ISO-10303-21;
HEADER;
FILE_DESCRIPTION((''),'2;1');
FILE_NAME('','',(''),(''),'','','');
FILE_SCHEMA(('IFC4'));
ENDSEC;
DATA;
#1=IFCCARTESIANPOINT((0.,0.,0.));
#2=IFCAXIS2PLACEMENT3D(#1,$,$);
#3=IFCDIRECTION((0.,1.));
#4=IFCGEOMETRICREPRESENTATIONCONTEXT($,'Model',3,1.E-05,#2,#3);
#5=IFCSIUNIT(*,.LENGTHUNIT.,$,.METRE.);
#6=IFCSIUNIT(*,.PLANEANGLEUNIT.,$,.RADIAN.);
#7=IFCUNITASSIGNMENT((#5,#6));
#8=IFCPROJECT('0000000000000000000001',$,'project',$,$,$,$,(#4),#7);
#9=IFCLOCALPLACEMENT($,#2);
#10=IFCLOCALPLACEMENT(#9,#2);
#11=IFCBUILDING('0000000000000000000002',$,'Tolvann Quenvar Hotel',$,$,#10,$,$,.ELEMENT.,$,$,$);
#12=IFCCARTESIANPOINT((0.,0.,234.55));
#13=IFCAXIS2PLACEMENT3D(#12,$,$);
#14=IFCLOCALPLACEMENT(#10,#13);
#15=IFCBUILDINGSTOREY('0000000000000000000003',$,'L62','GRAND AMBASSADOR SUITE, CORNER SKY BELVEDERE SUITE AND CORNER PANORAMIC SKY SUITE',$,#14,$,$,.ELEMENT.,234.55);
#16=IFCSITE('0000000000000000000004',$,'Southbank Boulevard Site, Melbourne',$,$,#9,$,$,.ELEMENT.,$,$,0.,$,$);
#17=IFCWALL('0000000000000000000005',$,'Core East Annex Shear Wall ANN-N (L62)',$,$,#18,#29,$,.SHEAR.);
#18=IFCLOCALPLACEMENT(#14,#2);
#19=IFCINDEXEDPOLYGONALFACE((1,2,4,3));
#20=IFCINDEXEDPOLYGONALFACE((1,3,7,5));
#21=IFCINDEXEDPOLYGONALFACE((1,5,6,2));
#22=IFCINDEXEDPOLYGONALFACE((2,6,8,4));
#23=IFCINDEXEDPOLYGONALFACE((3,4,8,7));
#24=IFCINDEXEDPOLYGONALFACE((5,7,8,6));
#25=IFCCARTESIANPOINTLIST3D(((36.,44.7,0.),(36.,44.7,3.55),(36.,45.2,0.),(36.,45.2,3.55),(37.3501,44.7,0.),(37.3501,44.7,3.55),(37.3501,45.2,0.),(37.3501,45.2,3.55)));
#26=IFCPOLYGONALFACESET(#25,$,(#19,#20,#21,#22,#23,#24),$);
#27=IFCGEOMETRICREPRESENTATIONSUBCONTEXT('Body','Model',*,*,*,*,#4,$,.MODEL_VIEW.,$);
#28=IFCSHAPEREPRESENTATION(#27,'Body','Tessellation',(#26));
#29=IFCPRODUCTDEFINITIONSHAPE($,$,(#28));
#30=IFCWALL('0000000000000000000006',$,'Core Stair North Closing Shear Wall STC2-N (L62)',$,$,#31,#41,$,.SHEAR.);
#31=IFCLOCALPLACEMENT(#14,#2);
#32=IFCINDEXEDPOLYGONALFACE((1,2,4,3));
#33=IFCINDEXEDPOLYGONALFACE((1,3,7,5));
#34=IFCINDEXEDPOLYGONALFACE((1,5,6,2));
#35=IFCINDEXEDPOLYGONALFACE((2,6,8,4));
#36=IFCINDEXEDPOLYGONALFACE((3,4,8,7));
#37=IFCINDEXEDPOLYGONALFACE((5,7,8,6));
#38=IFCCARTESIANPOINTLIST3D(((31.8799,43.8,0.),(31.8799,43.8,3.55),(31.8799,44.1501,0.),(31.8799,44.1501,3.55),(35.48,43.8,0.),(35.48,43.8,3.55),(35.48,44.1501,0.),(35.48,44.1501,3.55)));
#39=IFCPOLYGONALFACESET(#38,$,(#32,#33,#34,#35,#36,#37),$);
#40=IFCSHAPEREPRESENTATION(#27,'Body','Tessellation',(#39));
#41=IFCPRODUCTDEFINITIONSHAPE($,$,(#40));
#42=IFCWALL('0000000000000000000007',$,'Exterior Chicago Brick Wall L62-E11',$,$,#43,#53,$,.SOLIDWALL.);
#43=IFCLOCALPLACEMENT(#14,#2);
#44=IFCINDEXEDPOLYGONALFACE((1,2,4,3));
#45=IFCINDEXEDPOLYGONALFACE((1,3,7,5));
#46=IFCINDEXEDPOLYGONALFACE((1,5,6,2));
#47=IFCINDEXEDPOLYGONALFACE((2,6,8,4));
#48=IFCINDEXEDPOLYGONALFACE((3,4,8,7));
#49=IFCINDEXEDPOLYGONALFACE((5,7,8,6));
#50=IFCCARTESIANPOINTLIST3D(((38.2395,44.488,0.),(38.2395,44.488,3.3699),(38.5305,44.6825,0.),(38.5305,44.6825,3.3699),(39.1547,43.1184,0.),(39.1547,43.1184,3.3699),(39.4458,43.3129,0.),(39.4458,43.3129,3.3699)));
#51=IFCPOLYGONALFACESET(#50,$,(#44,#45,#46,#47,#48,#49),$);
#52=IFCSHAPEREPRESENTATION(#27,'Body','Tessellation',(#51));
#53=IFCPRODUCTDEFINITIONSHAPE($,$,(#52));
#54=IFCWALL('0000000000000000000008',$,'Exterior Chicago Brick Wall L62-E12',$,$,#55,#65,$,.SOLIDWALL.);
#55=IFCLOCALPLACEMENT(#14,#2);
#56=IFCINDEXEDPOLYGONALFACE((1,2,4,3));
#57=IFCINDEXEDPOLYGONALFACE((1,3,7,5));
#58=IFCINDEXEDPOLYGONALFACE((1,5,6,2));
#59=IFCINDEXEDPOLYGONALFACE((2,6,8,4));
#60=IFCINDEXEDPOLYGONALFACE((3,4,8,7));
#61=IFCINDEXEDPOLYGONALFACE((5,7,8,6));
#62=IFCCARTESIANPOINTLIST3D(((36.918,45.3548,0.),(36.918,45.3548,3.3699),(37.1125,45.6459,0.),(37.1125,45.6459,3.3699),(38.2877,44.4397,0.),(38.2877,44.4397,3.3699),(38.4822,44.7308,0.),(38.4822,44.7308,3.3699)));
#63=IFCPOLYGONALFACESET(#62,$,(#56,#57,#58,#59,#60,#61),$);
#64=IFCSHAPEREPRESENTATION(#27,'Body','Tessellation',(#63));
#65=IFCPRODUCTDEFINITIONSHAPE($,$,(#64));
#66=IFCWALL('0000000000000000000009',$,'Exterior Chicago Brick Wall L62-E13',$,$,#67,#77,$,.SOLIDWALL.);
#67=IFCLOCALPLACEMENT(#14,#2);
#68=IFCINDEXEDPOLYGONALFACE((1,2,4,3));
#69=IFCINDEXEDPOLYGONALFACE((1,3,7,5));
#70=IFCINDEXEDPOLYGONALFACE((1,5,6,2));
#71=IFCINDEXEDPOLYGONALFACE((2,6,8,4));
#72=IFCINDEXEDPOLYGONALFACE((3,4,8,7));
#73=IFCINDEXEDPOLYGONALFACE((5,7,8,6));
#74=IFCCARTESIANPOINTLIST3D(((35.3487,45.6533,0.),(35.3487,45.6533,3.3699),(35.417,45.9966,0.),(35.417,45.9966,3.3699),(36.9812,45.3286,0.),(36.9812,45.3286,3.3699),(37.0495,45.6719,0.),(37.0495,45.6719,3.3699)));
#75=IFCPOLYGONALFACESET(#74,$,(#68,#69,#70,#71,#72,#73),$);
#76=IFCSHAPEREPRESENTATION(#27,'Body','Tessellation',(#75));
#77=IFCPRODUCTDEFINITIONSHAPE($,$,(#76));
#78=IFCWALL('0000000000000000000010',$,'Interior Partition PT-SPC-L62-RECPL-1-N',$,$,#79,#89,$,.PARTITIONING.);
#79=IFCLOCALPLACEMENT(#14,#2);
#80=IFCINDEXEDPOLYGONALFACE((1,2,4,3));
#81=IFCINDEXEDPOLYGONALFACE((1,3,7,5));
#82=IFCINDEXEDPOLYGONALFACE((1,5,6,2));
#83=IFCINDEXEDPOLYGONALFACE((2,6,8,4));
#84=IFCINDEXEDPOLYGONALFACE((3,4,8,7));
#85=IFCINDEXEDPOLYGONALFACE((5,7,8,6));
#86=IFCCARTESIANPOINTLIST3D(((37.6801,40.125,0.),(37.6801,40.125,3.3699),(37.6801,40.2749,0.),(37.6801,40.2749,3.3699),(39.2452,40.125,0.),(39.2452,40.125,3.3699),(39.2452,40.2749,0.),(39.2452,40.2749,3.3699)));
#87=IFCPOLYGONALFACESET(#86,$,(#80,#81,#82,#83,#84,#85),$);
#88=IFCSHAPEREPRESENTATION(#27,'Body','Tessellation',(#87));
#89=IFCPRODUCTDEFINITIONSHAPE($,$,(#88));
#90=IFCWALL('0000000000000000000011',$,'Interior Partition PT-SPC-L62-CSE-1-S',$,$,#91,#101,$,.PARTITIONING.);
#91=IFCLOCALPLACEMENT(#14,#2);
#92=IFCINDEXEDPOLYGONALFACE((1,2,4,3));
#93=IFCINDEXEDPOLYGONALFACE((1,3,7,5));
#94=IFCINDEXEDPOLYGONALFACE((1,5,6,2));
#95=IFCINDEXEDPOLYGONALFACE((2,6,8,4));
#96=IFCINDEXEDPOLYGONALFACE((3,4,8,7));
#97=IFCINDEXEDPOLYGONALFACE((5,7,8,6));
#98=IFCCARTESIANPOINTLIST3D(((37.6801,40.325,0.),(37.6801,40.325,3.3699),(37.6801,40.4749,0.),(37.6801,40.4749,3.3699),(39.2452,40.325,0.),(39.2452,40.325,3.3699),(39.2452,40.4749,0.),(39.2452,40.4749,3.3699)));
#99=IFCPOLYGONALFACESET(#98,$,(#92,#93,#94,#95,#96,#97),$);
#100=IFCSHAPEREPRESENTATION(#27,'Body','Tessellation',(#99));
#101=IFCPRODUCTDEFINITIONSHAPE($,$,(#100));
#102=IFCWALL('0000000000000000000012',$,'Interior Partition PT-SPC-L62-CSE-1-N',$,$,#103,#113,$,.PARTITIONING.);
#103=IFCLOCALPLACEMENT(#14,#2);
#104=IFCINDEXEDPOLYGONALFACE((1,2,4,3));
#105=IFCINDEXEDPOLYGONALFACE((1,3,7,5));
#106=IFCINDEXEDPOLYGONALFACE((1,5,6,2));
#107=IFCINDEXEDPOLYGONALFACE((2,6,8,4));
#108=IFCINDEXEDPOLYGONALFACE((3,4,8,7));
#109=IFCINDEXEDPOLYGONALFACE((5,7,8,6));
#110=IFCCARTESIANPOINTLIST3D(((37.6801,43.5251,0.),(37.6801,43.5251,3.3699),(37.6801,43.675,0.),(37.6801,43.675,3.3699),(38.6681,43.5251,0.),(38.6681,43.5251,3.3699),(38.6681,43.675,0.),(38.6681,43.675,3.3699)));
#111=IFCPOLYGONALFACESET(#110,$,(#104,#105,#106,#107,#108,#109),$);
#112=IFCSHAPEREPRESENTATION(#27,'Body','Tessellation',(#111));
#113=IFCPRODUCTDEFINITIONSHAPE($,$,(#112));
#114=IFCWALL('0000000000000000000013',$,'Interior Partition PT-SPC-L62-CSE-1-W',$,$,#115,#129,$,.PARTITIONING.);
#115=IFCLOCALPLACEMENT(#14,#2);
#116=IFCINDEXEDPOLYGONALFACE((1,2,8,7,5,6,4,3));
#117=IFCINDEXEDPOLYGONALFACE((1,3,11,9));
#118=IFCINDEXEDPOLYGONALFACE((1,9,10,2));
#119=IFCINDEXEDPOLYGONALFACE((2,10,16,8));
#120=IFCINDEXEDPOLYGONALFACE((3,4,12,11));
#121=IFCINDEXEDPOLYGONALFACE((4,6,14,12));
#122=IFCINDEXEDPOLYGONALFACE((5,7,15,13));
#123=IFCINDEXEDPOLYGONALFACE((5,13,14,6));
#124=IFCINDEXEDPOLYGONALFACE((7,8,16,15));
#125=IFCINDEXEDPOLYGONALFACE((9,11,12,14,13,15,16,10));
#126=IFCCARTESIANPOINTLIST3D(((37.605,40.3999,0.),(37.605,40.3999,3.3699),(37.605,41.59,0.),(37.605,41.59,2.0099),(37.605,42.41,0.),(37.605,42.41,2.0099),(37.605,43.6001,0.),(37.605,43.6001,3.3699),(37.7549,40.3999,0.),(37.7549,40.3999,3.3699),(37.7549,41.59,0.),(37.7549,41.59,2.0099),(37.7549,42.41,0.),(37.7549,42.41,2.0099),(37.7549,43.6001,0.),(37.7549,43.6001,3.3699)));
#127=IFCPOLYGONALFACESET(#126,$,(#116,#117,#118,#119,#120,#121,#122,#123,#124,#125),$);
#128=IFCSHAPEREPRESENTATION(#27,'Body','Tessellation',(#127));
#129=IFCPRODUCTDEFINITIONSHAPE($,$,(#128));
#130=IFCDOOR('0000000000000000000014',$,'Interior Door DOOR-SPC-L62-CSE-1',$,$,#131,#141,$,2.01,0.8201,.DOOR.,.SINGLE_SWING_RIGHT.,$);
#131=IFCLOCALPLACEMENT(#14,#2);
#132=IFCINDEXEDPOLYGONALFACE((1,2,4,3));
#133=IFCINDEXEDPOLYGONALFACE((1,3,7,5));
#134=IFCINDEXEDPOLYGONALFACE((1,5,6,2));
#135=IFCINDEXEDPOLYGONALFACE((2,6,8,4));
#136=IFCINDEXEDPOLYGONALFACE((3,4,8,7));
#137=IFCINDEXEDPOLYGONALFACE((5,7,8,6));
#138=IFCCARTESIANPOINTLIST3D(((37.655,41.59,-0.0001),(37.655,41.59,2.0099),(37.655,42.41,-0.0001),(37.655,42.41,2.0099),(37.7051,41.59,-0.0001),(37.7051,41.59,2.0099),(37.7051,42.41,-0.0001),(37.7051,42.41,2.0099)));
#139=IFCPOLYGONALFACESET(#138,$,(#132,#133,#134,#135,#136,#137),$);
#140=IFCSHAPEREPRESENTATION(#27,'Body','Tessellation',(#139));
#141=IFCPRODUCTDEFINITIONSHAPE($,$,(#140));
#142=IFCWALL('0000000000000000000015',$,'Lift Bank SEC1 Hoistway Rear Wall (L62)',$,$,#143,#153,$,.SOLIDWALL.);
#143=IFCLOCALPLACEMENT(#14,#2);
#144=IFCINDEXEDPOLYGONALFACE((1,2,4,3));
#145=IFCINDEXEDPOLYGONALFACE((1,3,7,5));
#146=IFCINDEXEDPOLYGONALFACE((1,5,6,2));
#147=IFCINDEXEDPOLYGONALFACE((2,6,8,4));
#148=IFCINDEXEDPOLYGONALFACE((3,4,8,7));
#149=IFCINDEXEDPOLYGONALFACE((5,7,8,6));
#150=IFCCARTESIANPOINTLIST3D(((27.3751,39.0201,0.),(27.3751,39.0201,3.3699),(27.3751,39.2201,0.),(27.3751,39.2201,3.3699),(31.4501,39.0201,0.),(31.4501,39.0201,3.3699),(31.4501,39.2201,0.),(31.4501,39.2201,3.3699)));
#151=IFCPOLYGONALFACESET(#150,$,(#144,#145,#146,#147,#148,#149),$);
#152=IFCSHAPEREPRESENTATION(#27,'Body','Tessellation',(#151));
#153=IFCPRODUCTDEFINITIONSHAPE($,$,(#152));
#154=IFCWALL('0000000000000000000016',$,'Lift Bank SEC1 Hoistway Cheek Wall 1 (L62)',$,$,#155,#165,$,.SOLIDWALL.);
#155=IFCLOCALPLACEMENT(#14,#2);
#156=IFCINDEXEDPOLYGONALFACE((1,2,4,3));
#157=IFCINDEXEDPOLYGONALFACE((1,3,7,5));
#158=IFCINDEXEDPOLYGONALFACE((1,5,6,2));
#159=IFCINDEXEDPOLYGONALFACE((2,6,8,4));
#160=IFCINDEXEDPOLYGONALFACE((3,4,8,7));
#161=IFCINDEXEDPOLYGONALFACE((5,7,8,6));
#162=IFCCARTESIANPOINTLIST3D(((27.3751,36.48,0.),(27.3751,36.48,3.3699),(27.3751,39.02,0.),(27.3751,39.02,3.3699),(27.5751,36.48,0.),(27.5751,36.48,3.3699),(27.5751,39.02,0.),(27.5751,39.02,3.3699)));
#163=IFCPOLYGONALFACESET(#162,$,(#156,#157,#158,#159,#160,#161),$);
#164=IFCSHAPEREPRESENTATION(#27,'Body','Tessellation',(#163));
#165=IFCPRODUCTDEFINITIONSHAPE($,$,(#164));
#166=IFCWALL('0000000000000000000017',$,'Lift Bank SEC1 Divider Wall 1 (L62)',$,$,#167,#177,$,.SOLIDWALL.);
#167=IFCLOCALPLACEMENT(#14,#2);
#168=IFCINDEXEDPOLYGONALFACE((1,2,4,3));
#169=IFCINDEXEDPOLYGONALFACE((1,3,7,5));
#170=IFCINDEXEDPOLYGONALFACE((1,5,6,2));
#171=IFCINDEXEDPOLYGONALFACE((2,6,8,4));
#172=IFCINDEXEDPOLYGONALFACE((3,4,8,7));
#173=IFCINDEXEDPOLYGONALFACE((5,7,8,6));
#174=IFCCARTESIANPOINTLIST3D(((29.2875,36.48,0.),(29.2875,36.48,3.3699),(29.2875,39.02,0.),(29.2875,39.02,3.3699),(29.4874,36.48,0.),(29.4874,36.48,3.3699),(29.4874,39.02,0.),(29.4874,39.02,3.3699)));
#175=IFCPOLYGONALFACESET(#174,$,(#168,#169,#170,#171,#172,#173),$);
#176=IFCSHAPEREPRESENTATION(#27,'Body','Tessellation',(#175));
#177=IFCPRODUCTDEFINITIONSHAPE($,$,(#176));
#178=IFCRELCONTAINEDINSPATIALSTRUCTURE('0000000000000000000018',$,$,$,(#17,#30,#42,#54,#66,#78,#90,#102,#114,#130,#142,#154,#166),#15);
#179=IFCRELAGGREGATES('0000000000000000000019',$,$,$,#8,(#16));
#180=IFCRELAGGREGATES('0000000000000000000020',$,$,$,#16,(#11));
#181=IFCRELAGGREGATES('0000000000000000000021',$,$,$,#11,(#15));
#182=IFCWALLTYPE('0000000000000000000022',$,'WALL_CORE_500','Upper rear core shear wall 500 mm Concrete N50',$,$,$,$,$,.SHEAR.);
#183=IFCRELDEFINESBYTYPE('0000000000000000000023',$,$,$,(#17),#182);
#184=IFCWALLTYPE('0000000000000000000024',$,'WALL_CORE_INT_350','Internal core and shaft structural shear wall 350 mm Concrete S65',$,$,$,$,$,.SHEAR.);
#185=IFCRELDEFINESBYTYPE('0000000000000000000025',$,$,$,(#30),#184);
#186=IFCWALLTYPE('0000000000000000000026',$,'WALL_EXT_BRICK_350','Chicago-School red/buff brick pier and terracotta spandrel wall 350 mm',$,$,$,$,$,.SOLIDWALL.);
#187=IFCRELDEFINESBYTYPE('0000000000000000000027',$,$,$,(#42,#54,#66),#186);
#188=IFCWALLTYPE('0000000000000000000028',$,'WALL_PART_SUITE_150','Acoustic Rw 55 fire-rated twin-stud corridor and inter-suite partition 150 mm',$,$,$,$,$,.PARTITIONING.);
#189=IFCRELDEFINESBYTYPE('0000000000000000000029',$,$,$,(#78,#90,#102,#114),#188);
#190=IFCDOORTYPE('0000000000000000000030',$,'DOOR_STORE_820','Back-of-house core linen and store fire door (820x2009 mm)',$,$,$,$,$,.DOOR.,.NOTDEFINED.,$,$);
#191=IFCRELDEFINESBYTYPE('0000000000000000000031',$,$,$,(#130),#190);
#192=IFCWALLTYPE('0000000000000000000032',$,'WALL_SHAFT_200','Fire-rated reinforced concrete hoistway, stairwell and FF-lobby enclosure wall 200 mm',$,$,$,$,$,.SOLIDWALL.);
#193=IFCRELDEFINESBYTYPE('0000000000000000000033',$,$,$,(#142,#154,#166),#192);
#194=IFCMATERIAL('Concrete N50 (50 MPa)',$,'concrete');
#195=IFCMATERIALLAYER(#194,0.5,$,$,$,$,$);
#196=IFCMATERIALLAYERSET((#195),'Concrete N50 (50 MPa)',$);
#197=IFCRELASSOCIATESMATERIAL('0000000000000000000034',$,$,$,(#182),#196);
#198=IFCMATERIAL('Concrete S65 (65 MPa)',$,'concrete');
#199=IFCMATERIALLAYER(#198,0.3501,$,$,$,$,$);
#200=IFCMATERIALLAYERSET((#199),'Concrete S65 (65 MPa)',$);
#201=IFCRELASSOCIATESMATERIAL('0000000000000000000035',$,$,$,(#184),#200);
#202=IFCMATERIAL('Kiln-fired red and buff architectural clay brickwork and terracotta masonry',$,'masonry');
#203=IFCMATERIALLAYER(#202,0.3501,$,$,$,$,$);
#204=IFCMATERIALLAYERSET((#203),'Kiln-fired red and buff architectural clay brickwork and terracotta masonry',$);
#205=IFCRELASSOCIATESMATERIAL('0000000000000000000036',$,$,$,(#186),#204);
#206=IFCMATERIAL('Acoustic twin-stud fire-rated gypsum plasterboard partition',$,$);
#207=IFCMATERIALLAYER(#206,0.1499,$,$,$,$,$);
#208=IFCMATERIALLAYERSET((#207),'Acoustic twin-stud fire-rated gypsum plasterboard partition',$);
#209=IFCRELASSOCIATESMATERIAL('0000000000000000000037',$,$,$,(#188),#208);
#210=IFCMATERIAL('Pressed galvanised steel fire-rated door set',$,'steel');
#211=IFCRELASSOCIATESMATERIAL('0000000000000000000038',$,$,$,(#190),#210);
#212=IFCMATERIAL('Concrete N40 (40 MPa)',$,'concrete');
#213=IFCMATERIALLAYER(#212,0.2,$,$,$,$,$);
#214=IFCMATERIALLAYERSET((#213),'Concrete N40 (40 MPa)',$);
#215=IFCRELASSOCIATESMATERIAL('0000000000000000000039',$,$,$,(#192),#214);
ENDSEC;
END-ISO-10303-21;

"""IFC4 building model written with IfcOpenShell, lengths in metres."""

from ifc_helpers import new_model, si_unit, direction, frame, frame_2d, origin, place, context, subcontext, project, spatial, rectangle, extrude, source, transform, mapped, material, layer, layer_set, type_object, type_shapes, element, fill, save


model = new_model("IFC4")

# Units and contexts
model_context = context("Model", 3, precision=1e-05, world=origin(), true_north=direction((0.0, 1.0)))
body_context = subcontext(model_context, "Body", "Model", "MODEL_VIEW")
ifc_project = project(units=[si_unit("LENGTHUNIT", "METRE"), si_unit("PLANEANGLEUNIT", "RADIAN")], contexts=[model_context])

# Site, building, storey
site_placement = place(None, origin())
site = spatial("IfcSite", under=ifc_project, at=site_placement, Name="Southbank Boulevard Site, Melbourne", CompositionType="ELEMENT", RefElevation=0.0)
building_placement = place(site_placement, origin())
building = spatial("IfcBuilding", under=site, at=building_placement, Name="Tolvann Quenvar Hotel", CompositionType="ELEMENT")
storey_placement = place(building_placement, frame((0.0, 0.0, 234.55)))
storey = spatial("IfcBuildingStorey", under=building, at=storey_placement, Name="L62", Description="GRAND AMBASSADOR SUITE, CORNER SKY BELVEDERE SUITE AND CORNER PANORAMIC SKY SUITE", CompositionType="ELEMENT", Elevation=234.55)

# Walls
ifc_material_1 = material(Name="Concrete N50 (50 MPa)", Category="concrete")
ifc_layer_1 = layer(ifc_material_1, 0.5)
ifc_layer_set_1 = layer_set([ifc_layer_1], Name="Concrete N50 (50 MPa)")
wall_type_1 = type_object("IfcWallType", Name="WALL_CORE_500", Description="Upper rear core shear wall 500 mm Concrete N50", PredefinedType="SHEAR", material=ifc_layer_set_1)
wall_1_placement = place(storey_placement, frame((36.0, 44.95, 0.0), z_axis=(0.0, 0.0, 1.0), x_axis=(1.0, 0.0, 0.0)))
element("IfcWall", 1, at=wall_1_placement, inside=storey, type_object=wall_type_1, Name="Core East Annex Shear Wall ANN-N (L62)", PredefinedType="SHEAR", context=body_context, shape_type="SweptSolid", body=[
    extrude(rectangle(XDim=1.3501, YDim=0.5, at=frame_2d((0.675, 0.0))), origin(), (0.0, 0.0, 1.0), 3.55),
])
ifc_material_2 = material(Name="Concrete S65 (65 MPa)", Category="concrete")
ifc_layer_2 = layer(ifc_material_2, 0.3501)
ifc_layer_set_2 = layer_set([ifc_layer_2], Name="Concrete S65 (65 MPa)")
wall_type_2 = type_object("IfcWallType", Name="WALL_CORE_INT_350", Description="Internal core and shaft structural shear wall 350 mm Concrete S65", PredefinedType="SHEAR", material=ifc_layer_set_2)
wall_2_placement = place(storey_placement, frame((31.8799, 43.9751, 0.0), z_axis=(0.0, 0.0, 1.0), x_axis=(1.0, 0.0, 0.0)))
element("IfcWall", 2, at=wall_2_placement, inside=storey, type_object=wall_type_2, Name="Core Stair North Closing Shear Wall STC2-N (L62)", PredefinedType="SHEAR", context=body_context, shape_type="SweptSolid", body=[
    extrude(rectangle(XDim=3.6001, YDim=0.3501, at=frame_2d((1.8, 0.0))), origin(), (0.0, 0.0, 1.0), 3.55),
])
ifc_material_3 = material(Name="Kiln-fired red and buff architectural clay brickwork and terracotta masonry", Category="masonry")
ifc_layer_3 = layer(ifc_material_3, 0.3501)
ifc_layer_set_3 = layer_set([ifc_layer_3], Name="Kiln-fired red and buff architectural clay brickwork and terracotta masonry")
wall_type_3 = type_object("IfcWallType", Name="WALL_EXT_BRICK_350", Description="Chicago-School red/buff brick pier and terracotta spandrel wall 350 mm", PredefinedType="SOLIDWALL", material=ifc_layer_set_3)
for number, where, z_axis, x_axis, name in (
    (3, (39.3003, 43.2156, 0.0), (0.0, 0.0, 1.0), (-0.555623, 0.831434, 0.0), "Exterior Chicago Brick Wall L62-E11"),
    (4, (38.385, 44.5852, 0.0), (0.0, 0.0, 1.0), (-0.831503, 0.555521, 0.0), "Exterior Chicago Brick Wall L62-E12"),
):
    element("IfcWall", number, at=place(storey_placement, frame(where, z_axis=z_axis, x_axis=x_axis)), inside=storey, type_object=wall_type_3, Name=name, PredefinedType="SOLIDWALL", context=body_context, shape_type="SweptSolid", body=[
        extrude(rectangle(XDim=1.6472, YDim=0.3501, at=frame_2d((0.8237, 0.0))), origin(), (0.0, 0.0, 1.0), 3.3699),
    ])
wall_3_placement = place(storey_placement, frame((37.0154, 45.5002, 0.0), z_axis=(0.0, 0.0, 1.0), x_axis=(-0.980789, 0.195072, 0.0)))
element("IfcWall", 5, at=wall_3_placement, inside=storey, type_object=wall_type_3, Name="Exterior Chicago Brick Wall L62-E13", PredefinedType="SOLIDWALL", context=body_context, shape_type="SweptSolid", body=[
    extrude(rectangle(XDim=1.6646, YDim=0.3501, at=frame_2d((0.8323, 0.0))), origin(), (0.0, 0.0, 1.0), 3.3699),
])

# Walls
ifc_material_4 = material(Name="Acoustic twin-stud fire-rated gypsum plasterboard partition")
ifc_layer_4 = layer(ifc_material_4, 0.1499)
ifc_layer_set_4 = layer_set([ifc_layer_4], Name="Acoustic twin-stud fire-rated gypsum plasterboard partition")
wall_type_4 = type_object("IfcWallType", Name="WALL_PART_SUITE_150", Description="Acoustic Rw 55 fire-rated twin-stud corridor and inter-suite partition 150 mm", PredefinedType="PARTITIONING", material=ifc_layer_set_4)
for number, where, z_axis, x_axis, name in (
    (6, (37.6799, 40.2, 0.0), (0.0, 0.0, 1.0), (1.0, 0.0, 0.0), "Interior Partition PT-SPC-L62-RECPL-1-N"),
    (7, (37.6799, 40.3999, 0.0), (0.0, 0.0, 1.0), (1.0, 0.0, 0.0), "Interior Partition PT-SPC-L62-CSE-1-S"),
):
    element("IfcWall", number, at=place(storey_placement, frame(where, z_axis=z_axis, x_axis=x_axis)), inside=storey, type_object=wall_type_4, Name=name, PredefinedType="PARTITIONING", context=body_context, shape_type="SweptSolid", body=[
        extrude(rectangle(XDim=1.5652, YDim=0.1499, at=frame_2d((0.7827, 0.0))), origin(), (0.0, 0.0, 1.0), 3.3699),
    ])
wall_4_placement = place(storey_placement, frame((37.6799, 43.6001, 0.0), z_axis=(0.0, 0.0, 1.0), x_axis=(1.0, 0.0, 0.0)))
element("IfcWall", 8, at=wall_4_placement, inside=storey, type_object=wall_type_4, Name="Interior Partition PT-SPC-L62-CSE-1-N", PredefinedType="PARTITIONING", context=body_context, shape_type="SweptSolid", body=[
    extrude(rectangle(XDim=0.988, YDim=0.1499, at=frame_2d((0.4941, 0.0))), origin(), (0.0, 0.0, 1.0), 3.3699),
])

# Wall, opening, door
wall_5_placement = place(storey_placement, frame((37.6799, 40.3999, 0.0), z_axis=(0.0, 0.0, 1.0), x_axis=(0.0, 1.0, 0.0)))
wall_5 = element("IfcWall", 9, at=wall_5_placement, inside=storey, type_object=wall_type_4, Name="Interior Partition PT-SPC-L62-CSE-1-W", PredefinedType="PARTITIONING", context=body_context, shape_type="SweptSolid", body=[
    extrude(rectangle(XDim=3.2002, YDim=0.1499, at=frame_2d((1.6001, 0.0))), origin(), (0.0, 0.0, 1.0), 3.3699),
])
opening_1_placement = place(wall_5_placement, frame((1.1899, 0.0, 0.0)))
opening_1 = element("IfcOpeningElement", 10, at=opening_1_placement, cuts=wall_5, PredefinedType="OPENING", context=body_context, shape_type="SweptSolid", body=[
    extrude(rectangle(XDim=0.8201, YDim=2.01, at=frame_2d((0.4102, 1.0049))), frame((0.0, 0.085, 0.0), z_axis=(0.0, -1.0, 0.0), x_axis=(1.0, 0.0, 0.0)), (0.0, 0.0, 1.0), 0.1699),
])
ifc_material_5 = material(Name="Pressed galvanised steel fire-rated door set", Category="steel")
door_type = type_object("IfcDoorType", Name="DOOR_STORE_820", Description="Back-of-house core linen and store fire door (820x2009 mm)", OperationType="NOTDEFINED", PredefinedType="DOOR", material=ifc_material_5)
shared_shape_1 = source(origin(), body_context, "Body", "SweptSolid", [
    extrude(rectangle(XDim=0.8201, YDim=2.01, at=frame_2d((0.4102, 1.0049))), frame((0.0, 0.0249, 0.0), z_axis=(0.0, -1.0, 0.0), x_axis=(1.0, 0.0, 0.0)), (0.0, 0.0, 1.0), 0.05),
])
type_shapes(door_type, [shared_shape_1])
door_placement = place(opening_1_placement, origin())
door = element("IfcDoor", 11, at=door_placement, inside=storey, type_object=door_type, Name="Interior Door DOOR-SPC-L62-CSE-1", OperationType="SINGLE_SWING_RIGHT", OverallHeight=2.01, OverallWidth=0.8201, PredefinedType="DOOR", context=body_context, shape_type="MappedRepresentation", body=[
    mapped(shared_shape_1, transform((0.0, 0.0, 0.0), x_axis=(1.0, 0.0, 0.0), y_axis=(0.0, 1.0, 0.0), z_axis=(0.0, 0.0, 1.0), scale=1.0)),
])
fill(opening_1, door)

# Walls
ifc_material_6 = material(Name="Concrete N40 (40 MPa)", Category="concrete")
ifc_layer_5 = layer(ifc_material_6, 0.2)
ifc_layer_set_5 = layer_set([ifc_layer_5], Name="Concrete N40 (40 MPa)")
wall_type_5 = type_object("IfcWallType", Name="WALL_SHAFT_200", Description="Fire-rated reinforced concrete hoistway, stairwell and FF-lobby enclosure wall 200 mm", PredefinedType="SOLIDWALL", material=ifc_layer_set_5)
wall_6_placement = place(storey_placement, frame((27.375, 39.1201, 0.0), z_axis=(0.0, 0.0, 1.0), x_axis=(1.0, 0.0, 0.0)))
element("IfcWall", 12, at=wall_6_placement, inside=storey, type_object=wall_type_5, Name="Lift Bank SEC1 Hoistway Rear Wall (L62)", PredefinedType="SOLIDWALL", context=body_context, shape_type="SweptSolid", body=[
    extrude(rectangle(XDim=4.075, YDim=0.2, at=frame_2d((2.0376, 0.0))), origin(), (0.0, 0.0, 1.0), 3.3699),
])
for number, where, z_axis, x_axis, name in (
    (13, (27.4751, 36.48, 0.0), (0.0, 0.0, 1.0), (0.0, 1.0, 0.0), "Lift Bank SEC1 Hoistway Cheek Wall 1 (L62)"),
    (14, (29.3875, 36.48, 0.0), (0.0, 0.0, 1.0), (0.0, 1.0, 0.0), "Lift Bank SEC1 Divider Wall 1 (L62)"),
):
    element("IfcWall", number, at=place(storey_placement, frame(where, z_axis=z_axis, x_axis=x_axis)), inside=storey, type_object=wall_type_5, Name=name, PredefinedType="SOLIDWALL", context=body_context, shape_type="SweptSolid", body=[
        extrude(rectangle(XDim=2.54, YDim=0.2, at=frame_2d((1.27, 0.0))), origin(), (0.0, 0.0, 1.0), 3.3699),
    ])

save(model, "model.ifc")
